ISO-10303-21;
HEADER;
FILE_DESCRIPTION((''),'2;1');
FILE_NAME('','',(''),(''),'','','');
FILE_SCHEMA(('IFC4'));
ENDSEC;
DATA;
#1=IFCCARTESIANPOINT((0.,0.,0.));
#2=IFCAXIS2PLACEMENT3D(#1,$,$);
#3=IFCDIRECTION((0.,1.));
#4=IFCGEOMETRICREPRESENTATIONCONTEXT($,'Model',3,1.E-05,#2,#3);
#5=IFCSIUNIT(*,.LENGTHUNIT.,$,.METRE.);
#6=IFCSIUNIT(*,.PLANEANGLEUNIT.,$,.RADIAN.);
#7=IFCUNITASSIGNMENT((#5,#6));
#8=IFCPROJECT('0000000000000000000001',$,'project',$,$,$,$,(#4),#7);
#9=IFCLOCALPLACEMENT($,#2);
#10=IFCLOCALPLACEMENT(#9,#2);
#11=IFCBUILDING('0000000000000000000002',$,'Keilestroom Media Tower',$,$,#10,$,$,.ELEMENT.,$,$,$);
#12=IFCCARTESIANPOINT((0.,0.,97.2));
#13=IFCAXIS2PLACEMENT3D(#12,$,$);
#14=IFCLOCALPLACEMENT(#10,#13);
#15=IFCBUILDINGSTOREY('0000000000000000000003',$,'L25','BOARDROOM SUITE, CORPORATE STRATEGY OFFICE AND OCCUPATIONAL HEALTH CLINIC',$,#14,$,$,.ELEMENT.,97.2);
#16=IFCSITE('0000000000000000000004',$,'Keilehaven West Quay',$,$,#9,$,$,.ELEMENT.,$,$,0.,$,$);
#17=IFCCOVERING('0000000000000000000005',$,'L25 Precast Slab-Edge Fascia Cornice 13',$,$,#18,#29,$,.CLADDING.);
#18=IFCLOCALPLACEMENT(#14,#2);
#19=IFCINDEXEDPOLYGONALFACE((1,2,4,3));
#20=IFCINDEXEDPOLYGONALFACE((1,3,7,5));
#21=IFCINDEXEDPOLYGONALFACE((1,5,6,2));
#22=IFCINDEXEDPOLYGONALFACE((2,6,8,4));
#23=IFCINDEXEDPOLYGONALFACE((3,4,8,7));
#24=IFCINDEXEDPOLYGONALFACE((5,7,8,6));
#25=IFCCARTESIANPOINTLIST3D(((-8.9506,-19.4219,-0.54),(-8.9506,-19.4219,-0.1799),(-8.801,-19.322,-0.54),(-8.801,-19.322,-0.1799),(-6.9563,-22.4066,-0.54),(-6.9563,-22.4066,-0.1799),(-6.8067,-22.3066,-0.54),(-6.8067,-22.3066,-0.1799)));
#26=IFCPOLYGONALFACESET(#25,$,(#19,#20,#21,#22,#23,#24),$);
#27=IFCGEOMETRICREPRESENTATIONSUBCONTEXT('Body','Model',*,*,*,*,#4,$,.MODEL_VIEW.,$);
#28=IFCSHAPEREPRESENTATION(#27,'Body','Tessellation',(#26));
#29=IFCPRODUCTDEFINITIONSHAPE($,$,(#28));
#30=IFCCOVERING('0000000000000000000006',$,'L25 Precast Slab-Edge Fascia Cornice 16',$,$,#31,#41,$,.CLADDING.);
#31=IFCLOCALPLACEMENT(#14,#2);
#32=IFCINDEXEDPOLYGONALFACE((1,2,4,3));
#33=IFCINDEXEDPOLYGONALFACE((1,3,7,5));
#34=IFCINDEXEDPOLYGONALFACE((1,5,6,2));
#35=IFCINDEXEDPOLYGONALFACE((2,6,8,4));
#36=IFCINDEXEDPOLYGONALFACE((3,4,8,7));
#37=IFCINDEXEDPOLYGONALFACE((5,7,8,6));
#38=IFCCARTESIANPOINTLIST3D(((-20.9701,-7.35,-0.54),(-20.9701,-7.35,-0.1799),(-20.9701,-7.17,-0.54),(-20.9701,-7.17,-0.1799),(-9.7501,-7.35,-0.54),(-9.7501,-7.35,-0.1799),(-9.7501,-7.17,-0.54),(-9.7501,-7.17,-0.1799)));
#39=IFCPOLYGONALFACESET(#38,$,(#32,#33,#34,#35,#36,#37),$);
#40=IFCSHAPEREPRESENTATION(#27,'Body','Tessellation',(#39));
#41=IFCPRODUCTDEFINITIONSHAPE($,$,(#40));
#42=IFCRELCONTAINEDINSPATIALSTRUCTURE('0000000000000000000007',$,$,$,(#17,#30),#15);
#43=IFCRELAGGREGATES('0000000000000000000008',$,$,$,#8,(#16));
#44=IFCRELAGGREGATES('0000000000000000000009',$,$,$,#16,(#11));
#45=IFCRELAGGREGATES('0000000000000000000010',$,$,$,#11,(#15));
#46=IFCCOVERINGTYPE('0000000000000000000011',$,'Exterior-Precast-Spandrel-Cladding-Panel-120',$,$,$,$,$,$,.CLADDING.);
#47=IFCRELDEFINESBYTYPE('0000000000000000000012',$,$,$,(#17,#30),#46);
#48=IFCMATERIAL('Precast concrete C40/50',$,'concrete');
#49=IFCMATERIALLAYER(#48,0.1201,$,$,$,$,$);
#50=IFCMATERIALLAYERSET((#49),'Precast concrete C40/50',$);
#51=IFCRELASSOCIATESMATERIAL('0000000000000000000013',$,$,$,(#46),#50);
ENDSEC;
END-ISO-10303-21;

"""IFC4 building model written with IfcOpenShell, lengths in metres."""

from ifc_helpers import new_model, si_unit, direction, frame, origin, origin_2d, place, context, subcontext, project, spatial, rectangle, extrude, source, transform, mapped, material, layer, layer_set, type_object, element, save


model = new_model("IFC4")

# Units and contexts
model_context = context("Model", 3, precision=1e-05, world=origin(), true_north=direction((0.0, 1.0)))
body_context = subcontext(model_context, "Body", "Model", "MODEL_VIEW")
ifc_project = project(units=[si_unit("LENGTHUNIT", "METRE"), si_unit("PLANEANGLEUNIT", "RADIAN")], contexts=[model_context])

# Site, building, storey
site_placement = place(None, origin())
site = spatial("IfcSite", under=ifc_project, at=site_placement, Name="Keilehaven West Quay", CompositionType="ELEMENT", RefElevation=0.0)
building_placement = place(site_placement, origin())
building = spatial("IfcBuilding", under=site, at=building_placement, Name="Keilestroom Media Tower", CompositionType="ELEMENT")
storey_placement = place(building_placement, frame((0.0, 0.0, 97.2)))
storey = spatial("IfcBuildingStorey", under=building, at=storey_placement, Name="L25", Description="BOARDROOM SUITE, CORPORATE STRATEGY OFFICE AND OCCUPATIONAL HEALTH CLINIC", CompositionType="ELEMENT", Elevation=97.2)

# Shared definitions
ifc_material_1 = material(Name="Precast concrete C40/50", Category="concrete")

# Coverings
ifc_layer_1 = layer(ifc_material_1, 0.1201)
ifc_layer_set_1 = layer_set([ifc_layer_1], Name="Precast concrete C40/50")
covering_type = type_object("IfcCoveringType", Name="Exterior-Precast-Spandrel-Cladding-Panel-120", PredefinedType="CLADDING", material=ifc_layer_set_1)
shared_shape_1 = source(origin(), body_context, "Body", "SweptSolid", [
    extrude(rectangle(XDim=3.5896, YDim=0.1799, at=origin_2d()), origin(), (0.0, 0.0, 1.0), 0.3601),
])
covering_1_placement = place(storey_placement, frame((-7.8787, -20.8643, -0.54), z_axis=(0.0, 0.0, 1.0), x_axis=(-0.555575, 0.831467, 0.0)))
element("IfcCovering", 1, at=covering_1_placement, inside=storey, type_object=covering_type, Name="L25 Precast Slab-Edge Fascia Cornice 13", PredefinedType="CLADDING", context=body_context, shape_type="MappedRepresentation", body=[
    mapped(shared_shape_1, transform((0.0, 0.0, 0.0), x_axis=(1.0, 0.0, 0.0), y_axis=(0.0, 1.0, 0.0), z_axis=(0.0, 0.0, 1.0), scale=1.0)),
])
shared_shape_2 = source(origin(), body_context, "Body", "SweptSolid", [
    extrude(rectangle(XDim=11.22, YDim=0.1799, at=origin_2d()), origin(), (0.0, 0.0, 1.0), 0.3601),
])
covering_2_placement = place(storey_placement, frame((-15.3601, -7.26, -0.54), z_axis=(0.0, 0.0, 1.0), x_axis=(-1.0, 0.0, 0.0)))
element("IfcCovering", 2, at=covering_2_placement, inside=storey, type_object=covering_type, Name="L25 Precast Slab-Edge Fascia Cornice 16", PredefinedType="CLADDING", context=body_context, shape_type="MappedRepresentation", body=[
    mapped(shared_shape_2, transform((0.0, 0.0, 0.0), x_axis=(1.0, 0.0, 0.0), y_axis=(0.0, 1.0, 0.0), z_axis=(0.0, 0.0, 1.0), scale=1.0)),
])

save(model, "model.ifc")
